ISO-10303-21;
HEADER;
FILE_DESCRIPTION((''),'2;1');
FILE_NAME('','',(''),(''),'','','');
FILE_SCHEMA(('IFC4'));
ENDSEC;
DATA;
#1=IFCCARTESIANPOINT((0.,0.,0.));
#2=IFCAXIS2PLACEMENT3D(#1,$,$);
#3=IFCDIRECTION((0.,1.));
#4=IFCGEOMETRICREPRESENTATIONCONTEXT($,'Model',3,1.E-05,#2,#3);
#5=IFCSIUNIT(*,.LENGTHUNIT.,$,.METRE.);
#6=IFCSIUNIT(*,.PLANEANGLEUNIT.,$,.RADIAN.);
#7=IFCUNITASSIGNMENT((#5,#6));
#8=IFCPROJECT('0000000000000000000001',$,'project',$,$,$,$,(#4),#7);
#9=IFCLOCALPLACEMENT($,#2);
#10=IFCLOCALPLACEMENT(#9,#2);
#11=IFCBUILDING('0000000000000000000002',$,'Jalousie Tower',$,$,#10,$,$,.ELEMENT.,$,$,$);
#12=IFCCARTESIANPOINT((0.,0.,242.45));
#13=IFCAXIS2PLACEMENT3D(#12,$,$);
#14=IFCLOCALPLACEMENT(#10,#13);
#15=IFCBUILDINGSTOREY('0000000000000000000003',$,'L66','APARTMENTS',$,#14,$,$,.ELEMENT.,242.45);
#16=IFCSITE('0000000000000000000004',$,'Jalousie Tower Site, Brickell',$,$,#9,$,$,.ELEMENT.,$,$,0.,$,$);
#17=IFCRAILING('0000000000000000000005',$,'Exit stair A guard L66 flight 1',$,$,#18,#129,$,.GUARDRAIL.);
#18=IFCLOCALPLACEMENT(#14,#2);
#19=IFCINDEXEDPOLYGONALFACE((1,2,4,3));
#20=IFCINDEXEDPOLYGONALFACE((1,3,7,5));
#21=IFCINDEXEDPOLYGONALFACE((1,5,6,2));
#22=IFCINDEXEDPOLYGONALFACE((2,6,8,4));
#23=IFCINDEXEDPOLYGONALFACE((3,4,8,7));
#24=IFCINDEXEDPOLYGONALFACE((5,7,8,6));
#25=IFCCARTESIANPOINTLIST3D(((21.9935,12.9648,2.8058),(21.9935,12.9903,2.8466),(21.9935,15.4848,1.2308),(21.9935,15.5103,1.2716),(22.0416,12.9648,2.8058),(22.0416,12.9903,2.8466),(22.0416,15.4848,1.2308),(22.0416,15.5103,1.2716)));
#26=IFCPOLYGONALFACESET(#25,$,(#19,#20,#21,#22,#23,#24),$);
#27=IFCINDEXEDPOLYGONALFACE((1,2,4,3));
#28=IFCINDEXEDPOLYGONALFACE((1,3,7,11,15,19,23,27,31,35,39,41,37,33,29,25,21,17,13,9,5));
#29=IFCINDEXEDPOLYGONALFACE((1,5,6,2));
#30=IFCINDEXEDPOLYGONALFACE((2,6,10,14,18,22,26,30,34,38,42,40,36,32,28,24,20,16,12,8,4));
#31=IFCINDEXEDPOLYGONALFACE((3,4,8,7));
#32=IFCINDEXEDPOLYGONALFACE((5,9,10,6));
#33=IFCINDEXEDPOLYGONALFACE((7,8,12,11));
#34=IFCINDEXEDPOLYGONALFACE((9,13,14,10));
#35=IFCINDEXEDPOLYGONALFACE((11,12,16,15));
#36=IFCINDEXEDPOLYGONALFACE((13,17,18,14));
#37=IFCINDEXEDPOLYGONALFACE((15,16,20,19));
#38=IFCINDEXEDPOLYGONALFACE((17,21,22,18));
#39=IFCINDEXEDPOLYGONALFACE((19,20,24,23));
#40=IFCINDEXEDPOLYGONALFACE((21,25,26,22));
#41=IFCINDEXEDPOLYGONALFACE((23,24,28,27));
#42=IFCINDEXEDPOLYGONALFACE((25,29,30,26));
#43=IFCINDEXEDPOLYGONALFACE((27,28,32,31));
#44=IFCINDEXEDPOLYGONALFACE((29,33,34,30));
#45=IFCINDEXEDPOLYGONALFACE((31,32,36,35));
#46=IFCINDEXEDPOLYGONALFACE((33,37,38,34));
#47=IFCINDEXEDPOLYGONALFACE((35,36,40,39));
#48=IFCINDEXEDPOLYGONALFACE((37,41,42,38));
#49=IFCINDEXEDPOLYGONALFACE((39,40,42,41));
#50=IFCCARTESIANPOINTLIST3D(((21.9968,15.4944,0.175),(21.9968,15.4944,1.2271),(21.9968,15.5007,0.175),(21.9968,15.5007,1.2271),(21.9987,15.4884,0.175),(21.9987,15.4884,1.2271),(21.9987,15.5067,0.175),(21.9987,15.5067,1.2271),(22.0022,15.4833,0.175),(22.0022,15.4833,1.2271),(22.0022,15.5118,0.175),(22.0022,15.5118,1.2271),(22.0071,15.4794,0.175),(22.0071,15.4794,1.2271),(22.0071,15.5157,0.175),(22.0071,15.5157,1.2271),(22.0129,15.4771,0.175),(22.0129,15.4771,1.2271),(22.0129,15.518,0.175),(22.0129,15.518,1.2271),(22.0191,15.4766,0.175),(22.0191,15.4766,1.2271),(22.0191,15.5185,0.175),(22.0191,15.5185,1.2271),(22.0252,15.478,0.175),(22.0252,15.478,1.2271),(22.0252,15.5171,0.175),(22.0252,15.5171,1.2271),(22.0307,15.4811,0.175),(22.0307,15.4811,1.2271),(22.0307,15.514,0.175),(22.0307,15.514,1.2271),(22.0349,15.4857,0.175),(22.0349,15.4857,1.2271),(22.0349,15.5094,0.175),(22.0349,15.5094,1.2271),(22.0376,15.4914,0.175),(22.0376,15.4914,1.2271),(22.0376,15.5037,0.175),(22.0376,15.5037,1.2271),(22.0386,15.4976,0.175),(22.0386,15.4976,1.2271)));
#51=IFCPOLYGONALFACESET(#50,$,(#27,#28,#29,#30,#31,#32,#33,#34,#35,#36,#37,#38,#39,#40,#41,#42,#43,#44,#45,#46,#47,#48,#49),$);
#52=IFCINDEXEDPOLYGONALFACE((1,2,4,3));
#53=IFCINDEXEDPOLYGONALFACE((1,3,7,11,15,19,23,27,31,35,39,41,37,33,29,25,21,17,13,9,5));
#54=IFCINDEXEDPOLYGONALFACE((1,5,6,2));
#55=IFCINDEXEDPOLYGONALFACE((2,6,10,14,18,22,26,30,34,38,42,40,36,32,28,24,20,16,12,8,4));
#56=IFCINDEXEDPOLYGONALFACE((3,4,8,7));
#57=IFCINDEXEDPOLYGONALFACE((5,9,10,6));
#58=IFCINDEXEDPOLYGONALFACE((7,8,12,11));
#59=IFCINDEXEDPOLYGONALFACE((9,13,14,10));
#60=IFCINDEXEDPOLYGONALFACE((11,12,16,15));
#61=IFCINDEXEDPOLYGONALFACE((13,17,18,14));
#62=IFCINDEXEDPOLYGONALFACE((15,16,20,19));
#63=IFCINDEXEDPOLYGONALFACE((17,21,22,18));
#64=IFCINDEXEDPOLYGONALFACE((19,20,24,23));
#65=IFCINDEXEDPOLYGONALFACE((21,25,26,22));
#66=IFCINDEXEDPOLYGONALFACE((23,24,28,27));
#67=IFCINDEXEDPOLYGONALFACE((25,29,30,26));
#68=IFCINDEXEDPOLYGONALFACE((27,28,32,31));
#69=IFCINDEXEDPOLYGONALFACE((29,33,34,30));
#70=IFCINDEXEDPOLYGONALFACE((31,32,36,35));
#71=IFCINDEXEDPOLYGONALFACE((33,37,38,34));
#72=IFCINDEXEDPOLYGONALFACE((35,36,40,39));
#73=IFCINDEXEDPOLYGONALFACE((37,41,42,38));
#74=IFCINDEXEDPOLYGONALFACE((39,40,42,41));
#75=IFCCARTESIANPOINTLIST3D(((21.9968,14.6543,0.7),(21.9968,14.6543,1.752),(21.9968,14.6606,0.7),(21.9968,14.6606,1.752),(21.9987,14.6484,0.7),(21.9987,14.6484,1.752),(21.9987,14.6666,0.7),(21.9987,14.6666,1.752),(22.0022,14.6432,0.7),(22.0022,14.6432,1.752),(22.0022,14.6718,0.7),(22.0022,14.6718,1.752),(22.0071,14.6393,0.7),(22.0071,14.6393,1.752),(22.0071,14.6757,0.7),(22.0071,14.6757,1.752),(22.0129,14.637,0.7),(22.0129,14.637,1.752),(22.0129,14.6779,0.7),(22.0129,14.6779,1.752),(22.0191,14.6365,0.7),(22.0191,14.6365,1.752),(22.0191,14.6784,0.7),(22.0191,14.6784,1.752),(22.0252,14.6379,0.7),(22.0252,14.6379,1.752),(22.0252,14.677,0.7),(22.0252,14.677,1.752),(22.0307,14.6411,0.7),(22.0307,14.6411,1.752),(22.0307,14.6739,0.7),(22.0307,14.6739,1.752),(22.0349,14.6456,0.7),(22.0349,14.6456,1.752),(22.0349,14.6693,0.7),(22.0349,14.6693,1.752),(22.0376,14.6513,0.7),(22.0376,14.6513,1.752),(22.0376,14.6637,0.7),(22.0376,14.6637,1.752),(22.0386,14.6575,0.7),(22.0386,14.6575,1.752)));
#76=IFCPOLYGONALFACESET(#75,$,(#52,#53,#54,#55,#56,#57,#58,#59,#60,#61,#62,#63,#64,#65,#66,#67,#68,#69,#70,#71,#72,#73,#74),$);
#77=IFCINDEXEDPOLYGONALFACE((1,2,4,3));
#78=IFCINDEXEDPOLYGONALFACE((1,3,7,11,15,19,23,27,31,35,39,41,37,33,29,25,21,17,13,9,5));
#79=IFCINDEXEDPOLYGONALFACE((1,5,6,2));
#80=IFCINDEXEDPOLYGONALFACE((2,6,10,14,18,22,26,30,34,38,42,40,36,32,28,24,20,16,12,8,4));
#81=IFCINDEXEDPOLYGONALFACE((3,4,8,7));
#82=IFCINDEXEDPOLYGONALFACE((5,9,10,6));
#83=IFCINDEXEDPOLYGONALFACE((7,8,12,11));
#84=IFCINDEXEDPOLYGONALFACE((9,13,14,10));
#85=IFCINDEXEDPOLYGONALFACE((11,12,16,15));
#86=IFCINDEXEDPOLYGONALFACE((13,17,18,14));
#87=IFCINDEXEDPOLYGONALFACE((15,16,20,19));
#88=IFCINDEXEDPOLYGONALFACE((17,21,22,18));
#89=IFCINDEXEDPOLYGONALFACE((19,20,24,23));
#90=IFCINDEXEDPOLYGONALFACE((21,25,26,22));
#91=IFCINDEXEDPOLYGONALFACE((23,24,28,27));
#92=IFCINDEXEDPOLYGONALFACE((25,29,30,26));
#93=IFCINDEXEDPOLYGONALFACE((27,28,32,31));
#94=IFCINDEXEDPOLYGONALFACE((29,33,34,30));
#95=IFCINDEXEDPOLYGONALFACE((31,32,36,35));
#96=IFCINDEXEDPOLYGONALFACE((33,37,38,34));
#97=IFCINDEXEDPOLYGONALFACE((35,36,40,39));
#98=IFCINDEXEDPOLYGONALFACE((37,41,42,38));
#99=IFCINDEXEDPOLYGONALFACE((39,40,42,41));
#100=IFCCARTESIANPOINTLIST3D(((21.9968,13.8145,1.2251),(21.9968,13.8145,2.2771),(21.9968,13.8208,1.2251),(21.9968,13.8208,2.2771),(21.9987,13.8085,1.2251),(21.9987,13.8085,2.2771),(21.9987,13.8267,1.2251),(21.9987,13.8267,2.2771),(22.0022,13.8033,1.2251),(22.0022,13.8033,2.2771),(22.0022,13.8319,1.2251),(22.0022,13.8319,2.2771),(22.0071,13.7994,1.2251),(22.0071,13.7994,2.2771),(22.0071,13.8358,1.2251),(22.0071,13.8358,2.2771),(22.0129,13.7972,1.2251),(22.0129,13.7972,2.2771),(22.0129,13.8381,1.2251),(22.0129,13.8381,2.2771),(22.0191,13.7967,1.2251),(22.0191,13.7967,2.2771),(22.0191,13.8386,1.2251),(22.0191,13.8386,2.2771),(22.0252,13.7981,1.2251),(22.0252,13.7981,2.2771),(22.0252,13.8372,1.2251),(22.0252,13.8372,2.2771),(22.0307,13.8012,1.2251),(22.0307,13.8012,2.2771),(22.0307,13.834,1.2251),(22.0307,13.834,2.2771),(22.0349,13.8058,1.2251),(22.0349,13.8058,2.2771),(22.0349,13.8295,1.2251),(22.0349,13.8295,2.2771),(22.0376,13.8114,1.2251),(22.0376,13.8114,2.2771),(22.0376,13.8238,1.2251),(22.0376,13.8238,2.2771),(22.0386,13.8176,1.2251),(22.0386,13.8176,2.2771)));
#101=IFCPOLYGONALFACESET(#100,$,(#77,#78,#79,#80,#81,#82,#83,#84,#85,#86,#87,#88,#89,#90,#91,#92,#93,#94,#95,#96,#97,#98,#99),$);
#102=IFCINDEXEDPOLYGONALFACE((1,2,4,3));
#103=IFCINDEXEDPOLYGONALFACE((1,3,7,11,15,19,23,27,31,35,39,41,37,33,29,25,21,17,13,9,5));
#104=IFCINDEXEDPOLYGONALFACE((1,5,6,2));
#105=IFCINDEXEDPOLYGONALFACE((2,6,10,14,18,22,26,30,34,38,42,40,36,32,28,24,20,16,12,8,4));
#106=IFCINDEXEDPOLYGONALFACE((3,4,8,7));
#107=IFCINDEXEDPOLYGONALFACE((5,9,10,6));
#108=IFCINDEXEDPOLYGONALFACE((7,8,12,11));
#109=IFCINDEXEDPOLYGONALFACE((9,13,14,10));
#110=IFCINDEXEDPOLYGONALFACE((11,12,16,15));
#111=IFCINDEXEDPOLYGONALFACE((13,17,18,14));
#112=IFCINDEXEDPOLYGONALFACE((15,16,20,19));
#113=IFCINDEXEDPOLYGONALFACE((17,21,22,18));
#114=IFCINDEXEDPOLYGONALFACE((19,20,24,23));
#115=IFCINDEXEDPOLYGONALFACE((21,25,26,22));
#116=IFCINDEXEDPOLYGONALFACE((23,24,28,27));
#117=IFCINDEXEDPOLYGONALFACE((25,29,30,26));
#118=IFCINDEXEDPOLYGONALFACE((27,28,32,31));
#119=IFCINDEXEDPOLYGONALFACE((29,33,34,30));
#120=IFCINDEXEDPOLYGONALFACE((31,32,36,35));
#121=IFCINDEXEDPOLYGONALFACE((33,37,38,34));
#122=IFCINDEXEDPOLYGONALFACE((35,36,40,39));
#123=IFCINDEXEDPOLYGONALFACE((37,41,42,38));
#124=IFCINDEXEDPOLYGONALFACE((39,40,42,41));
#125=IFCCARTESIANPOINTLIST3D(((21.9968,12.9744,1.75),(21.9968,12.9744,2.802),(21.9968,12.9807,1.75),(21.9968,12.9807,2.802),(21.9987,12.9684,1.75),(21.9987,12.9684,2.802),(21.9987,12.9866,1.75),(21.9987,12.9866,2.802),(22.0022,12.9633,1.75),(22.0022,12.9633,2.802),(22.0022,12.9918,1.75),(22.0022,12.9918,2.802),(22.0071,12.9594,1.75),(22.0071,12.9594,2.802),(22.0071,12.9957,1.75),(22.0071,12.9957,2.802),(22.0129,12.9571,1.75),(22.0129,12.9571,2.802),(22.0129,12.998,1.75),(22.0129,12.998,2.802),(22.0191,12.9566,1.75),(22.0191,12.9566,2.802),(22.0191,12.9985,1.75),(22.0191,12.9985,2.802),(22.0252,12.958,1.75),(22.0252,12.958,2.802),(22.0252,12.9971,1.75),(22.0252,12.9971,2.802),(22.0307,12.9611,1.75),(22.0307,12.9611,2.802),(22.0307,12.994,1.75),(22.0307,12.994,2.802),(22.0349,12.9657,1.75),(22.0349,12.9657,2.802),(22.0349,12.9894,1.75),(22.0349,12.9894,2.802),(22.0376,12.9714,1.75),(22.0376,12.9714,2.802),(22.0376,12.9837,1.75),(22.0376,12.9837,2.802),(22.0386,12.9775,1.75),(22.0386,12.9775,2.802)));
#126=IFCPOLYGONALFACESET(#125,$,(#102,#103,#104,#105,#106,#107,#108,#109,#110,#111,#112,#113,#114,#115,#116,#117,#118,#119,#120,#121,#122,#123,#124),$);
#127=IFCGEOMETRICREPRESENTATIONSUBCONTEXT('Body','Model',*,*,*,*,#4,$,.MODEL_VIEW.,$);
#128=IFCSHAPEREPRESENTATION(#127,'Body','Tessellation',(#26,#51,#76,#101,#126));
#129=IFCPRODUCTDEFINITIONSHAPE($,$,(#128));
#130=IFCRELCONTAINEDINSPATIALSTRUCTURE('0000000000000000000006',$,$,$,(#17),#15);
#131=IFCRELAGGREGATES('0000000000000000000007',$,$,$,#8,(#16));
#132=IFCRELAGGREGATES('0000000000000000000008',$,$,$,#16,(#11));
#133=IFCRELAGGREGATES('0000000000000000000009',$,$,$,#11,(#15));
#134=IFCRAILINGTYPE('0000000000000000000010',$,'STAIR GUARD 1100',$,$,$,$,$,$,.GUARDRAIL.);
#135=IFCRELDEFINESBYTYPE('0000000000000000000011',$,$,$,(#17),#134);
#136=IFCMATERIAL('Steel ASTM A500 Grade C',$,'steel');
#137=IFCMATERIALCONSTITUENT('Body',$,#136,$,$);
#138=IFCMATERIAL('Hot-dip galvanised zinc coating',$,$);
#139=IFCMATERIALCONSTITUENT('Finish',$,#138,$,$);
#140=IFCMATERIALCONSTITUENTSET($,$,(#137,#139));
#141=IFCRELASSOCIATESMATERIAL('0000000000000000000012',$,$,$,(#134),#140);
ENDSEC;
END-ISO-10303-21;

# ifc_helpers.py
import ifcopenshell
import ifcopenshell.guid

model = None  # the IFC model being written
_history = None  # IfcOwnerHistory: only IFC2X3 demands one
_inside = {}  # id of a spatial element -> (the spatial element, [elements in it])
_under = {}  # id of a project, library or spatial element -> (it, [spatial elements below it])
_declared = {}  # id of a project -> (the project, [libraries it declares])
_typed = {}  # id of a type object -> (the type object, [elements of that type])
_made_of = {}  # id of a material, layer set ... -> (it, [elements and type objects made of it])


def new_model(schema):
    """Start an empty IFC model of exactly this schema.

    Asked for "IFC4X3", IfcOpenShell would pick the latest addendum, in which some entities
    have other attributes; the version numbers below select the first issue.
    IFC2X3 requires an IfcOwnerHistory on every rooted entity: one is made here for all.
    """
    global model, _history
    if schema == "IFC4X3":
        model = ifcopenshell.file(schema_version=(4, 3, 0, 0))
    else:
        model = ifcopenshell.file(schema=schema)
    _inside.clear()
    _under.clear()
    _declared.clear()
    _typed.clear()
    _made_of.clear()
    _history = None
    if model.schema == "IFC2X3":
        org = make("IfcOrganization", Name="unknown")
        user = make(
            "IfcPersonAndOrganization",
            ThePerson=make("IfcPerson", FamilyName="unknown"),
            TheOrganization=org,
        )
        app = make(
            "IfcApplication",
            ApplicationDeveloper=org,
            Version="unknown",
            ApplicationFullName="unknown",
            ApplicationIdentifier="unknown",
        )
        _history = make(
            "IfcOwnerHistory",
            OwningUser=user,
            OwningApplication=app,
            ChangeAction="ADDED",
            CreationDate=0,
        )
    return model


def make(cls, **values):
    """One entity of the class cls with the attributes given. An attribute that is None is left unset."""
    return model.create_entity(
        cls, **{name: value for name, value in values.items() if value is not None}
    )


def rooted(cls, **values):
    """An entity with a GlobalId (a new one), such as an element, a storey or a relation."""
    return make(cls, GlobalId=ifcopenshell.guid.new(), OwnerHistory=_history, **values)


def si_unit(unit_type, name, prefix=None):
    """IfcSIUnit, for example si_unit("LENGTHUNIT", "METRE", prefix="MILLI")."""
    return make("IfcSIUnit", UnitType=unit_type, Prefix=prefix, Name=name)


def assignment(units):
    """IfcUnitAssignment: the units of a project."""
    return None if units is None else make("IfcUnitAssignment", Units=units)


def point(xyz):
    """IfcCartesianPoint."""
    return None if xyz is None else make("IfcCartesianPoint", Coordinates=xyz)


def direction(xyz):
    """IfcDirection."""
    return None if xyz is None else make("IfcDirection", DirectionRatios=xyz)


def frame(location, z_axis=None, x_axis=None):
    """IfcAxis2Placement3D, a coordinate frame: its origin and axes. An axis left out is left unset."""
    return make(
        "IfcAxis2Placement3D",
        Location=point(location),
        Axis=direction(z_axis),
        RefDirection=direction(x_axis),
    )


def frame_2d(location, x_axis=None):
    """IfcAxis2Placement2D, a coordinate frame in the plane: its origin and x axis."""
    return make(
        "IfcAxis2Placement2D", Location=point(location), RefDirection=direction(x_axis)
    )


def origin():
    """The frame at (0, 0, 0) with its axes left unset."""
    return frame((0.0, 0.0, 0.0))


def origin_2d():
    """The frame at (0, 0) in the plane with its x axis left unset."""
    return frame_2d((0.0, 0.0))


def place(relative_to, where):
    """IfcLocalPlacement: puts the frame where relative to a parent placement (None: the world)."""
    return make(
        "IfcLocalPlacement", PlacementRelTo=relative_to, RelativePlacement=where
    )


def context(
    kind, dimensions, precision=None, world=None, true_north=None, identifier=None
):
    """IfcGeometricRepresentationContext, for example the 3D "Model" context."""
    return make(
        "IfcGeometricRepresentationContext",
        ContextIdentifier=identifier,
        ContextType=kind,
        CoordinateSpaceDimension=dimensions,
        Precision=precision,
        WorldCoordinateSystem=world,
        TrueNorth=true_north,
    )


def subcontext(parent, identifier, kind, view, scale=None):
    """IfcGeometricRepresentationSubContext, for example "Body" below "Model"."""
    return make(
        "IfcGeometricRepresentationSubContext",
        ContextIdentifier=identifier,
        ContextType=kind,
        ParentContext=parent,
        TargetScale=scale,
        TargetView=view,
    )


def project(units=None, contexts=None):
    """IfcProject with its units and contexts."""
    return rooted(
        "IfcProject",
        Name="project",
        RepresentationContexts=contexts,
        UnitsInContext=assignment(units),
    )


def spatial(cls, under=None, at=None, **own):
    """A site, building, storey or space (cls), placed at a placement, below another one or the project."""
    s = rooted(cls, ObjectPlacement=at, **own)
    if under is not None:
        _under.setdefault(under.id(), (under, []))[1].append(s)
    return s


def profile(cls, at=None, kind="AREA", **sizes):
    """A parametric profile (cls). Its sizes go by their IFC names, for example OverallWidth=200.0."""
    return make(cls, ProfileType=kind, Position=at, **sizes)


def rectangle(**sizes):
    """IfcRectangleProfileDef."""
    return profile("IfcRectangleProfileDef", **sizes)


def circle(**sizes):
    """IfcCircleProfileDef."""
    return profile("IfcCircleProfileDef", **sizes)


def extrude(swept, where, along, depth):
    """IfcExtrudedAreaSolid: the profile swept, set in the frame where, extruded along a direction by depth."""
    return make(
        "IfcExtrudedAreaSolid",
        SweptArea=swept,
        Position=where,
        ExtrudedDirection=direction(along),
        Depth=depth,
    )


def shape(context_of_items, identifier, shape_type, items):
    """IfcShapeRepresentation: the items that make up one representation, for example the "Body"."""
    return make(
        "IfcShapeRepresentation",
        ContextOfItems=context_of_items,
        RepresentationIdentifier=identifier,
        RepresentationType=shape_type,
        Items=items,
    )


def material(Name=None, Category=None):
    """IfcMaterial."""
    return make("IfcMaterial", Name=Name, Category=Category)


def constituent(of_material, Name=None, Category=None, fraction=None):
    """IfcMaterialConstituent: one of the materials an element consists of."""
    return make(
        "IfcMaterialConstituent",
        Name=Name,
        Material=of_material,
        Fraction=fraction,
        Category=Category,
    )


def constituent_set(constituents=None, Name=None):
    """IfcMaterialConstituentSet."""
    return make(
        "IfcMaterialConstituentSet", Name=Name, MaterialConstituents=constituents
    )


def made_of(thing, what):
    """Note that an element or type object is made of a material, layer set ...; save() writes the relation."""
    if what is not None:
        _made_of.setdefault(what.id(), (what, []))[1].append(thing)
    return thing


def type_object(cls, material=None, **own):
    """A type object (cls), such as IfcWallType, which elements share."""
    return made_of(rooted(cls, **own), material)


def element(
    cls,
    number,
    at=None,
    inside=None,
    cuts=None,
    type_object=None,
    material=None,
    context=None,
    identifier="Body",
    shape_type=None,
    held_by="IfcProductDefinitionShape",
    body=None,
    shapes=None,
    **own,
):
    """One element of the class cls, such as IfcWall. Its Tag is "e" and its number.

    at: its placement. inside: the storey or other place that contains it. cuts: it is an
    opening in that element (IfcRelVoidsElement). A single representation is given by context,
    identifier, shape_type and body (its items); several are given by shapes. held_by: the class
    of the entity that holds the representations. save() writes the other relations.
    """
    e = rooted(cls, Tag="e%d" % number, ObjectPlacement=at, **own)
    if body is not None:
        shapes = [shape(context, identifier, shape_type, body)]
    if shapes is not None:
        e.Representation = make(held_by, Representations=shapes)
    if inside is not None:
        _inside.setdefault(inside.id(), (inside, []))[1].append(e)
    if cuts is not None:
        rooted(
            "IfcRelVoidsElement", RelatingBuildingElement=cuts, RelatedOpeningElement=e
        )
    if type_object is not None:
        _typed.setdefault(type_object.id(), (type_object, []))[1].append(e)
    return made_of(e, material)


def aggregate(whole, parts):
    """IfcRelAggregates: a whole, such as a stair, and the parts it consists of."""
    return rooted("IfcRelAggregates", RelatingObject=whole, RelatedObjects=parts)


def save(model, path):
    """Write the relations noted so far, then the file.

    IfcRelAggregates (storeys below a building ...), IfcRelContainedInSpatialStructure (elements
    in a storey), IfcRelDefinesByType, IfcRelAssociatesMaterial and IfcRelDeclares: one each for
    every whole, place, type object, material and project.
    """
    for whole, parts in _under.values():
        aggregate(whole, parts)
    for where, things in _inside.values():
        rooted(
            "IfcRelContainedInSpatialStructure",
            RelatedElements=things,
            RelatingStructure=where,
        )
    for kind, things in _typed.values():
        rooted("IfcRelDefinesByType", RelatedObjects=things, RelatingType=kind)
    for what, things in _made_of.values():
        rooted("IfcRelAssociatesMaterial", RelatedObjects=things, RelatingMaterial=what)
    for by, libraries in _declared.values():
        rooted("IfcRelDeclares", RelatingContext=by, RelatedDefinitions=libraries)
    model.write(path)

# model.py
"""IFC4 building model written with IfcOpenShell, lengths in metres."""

from ifc_helpers import new_model, si_unit, direction, frame, origin, origin_2d, place, context, subcontext, project, spatial, rectangle, circle, extrude, material, constituent, constituent_set, type_object, element, save


model = new_model("IFC4")

# Units and contexts
model_context = context("Model", 3, precision=1e-05, world=origin(), true_north=direction((0.0, 1.0)))
body_context = subcontext(model_context, "Body", "Model", "MODEL_VIEW")
ifc_project = project(units=[si_unit("LENGTHUNIT", "METRE"), si_unit("PLANEANGLEUNIT", "RADIAN")], contexts=[model_context])

# Site, building, storey
site_placement = place(None, origin())
site = spatial("IfcSite", under=ifc_project, at=site_placement, Name="Jalousie Tower Site, Brickell", CompositionType="ELEMENT", RefElevation=0.0)
building_placement = place(site_placement, origin())
building = spatial("IfcBuilding", under=site, at=building_placement, Name="Jalousie Tower", CompositionType="ELEMENT")
storey_placement = place(building_placement, frame((0.0, 0.0, 242.45)))
storey = spatial("IfcBuildingStorey", under=building, at=storey_placement, Name="L66", Description="APARTMENTS", CompositionType="ELEMENT", Elevation=242.45)

# Railing
ifc_material_1 = material(Name="Steel ASTM A500 Grade C", Category="steel")
ifc_constituent_1 = constituent(ifc_material_1, Name="Body")
ifc_material_2 = material(Name="Hot-dip galvanised zinc coating")
ifc_constituent_2 = constituent(ifc_material_2, Name="Finish")
ifc_constituent_set_1 = constituent_set(constituents=[ifc_constituent_1, ifc_constituent_2])
railing_type_1 = type_object("IfcRailingType", Name="STAIR GUARD 1100", PredefinedType="GUARDRAIL", material=ifc_constituent_set_1)
railing_1_placement = place(storey_placement, frame((22.0176, 15.4976, 0.175)))
element("IfcRailing", 1, at=railing_1_placement, inside=storey, type_object=railing_type_1, Name="Exit stair A guard L66 flight 1", PredefinedType="GUARDRAIL", context=body_context, shape_type="SweptSolid", body=[
    extrude(rectangle(XDim=0.0481, YDim=0.0481, at=origin_2d()), frame((0.0, 0.0, 1.0762), z_axis=(0.0, -0.848008, 0.529984), x_axis=(1.0, 0.0, 0.0)), (0.0, 0.0, 1.0), 2.9717),
    extrude(circle(Radius=0.021, at=origin_2d()), origin(), (0.0, 0.0, 1.0), 1.052),
    extrude(circle(Radius=0.021, at=origin_2d()), frame((0.0, -0.8401, 0.5249)), (0.0, 0.0, 1.0), 1.052),
    extrude(circle(Radius=0.021, at=origin_2d()), frame((0.0, -1.6799, 1.05)), (0.0, 0.0, 1.0), 1.052),
    extrude(circle(Radius=0.021, at=origin_2d()), frame((0.0, -2.52, 1.575)), (0.0, 0.0, 1.0), 1.052),
])

save(model, "model.ifc")
